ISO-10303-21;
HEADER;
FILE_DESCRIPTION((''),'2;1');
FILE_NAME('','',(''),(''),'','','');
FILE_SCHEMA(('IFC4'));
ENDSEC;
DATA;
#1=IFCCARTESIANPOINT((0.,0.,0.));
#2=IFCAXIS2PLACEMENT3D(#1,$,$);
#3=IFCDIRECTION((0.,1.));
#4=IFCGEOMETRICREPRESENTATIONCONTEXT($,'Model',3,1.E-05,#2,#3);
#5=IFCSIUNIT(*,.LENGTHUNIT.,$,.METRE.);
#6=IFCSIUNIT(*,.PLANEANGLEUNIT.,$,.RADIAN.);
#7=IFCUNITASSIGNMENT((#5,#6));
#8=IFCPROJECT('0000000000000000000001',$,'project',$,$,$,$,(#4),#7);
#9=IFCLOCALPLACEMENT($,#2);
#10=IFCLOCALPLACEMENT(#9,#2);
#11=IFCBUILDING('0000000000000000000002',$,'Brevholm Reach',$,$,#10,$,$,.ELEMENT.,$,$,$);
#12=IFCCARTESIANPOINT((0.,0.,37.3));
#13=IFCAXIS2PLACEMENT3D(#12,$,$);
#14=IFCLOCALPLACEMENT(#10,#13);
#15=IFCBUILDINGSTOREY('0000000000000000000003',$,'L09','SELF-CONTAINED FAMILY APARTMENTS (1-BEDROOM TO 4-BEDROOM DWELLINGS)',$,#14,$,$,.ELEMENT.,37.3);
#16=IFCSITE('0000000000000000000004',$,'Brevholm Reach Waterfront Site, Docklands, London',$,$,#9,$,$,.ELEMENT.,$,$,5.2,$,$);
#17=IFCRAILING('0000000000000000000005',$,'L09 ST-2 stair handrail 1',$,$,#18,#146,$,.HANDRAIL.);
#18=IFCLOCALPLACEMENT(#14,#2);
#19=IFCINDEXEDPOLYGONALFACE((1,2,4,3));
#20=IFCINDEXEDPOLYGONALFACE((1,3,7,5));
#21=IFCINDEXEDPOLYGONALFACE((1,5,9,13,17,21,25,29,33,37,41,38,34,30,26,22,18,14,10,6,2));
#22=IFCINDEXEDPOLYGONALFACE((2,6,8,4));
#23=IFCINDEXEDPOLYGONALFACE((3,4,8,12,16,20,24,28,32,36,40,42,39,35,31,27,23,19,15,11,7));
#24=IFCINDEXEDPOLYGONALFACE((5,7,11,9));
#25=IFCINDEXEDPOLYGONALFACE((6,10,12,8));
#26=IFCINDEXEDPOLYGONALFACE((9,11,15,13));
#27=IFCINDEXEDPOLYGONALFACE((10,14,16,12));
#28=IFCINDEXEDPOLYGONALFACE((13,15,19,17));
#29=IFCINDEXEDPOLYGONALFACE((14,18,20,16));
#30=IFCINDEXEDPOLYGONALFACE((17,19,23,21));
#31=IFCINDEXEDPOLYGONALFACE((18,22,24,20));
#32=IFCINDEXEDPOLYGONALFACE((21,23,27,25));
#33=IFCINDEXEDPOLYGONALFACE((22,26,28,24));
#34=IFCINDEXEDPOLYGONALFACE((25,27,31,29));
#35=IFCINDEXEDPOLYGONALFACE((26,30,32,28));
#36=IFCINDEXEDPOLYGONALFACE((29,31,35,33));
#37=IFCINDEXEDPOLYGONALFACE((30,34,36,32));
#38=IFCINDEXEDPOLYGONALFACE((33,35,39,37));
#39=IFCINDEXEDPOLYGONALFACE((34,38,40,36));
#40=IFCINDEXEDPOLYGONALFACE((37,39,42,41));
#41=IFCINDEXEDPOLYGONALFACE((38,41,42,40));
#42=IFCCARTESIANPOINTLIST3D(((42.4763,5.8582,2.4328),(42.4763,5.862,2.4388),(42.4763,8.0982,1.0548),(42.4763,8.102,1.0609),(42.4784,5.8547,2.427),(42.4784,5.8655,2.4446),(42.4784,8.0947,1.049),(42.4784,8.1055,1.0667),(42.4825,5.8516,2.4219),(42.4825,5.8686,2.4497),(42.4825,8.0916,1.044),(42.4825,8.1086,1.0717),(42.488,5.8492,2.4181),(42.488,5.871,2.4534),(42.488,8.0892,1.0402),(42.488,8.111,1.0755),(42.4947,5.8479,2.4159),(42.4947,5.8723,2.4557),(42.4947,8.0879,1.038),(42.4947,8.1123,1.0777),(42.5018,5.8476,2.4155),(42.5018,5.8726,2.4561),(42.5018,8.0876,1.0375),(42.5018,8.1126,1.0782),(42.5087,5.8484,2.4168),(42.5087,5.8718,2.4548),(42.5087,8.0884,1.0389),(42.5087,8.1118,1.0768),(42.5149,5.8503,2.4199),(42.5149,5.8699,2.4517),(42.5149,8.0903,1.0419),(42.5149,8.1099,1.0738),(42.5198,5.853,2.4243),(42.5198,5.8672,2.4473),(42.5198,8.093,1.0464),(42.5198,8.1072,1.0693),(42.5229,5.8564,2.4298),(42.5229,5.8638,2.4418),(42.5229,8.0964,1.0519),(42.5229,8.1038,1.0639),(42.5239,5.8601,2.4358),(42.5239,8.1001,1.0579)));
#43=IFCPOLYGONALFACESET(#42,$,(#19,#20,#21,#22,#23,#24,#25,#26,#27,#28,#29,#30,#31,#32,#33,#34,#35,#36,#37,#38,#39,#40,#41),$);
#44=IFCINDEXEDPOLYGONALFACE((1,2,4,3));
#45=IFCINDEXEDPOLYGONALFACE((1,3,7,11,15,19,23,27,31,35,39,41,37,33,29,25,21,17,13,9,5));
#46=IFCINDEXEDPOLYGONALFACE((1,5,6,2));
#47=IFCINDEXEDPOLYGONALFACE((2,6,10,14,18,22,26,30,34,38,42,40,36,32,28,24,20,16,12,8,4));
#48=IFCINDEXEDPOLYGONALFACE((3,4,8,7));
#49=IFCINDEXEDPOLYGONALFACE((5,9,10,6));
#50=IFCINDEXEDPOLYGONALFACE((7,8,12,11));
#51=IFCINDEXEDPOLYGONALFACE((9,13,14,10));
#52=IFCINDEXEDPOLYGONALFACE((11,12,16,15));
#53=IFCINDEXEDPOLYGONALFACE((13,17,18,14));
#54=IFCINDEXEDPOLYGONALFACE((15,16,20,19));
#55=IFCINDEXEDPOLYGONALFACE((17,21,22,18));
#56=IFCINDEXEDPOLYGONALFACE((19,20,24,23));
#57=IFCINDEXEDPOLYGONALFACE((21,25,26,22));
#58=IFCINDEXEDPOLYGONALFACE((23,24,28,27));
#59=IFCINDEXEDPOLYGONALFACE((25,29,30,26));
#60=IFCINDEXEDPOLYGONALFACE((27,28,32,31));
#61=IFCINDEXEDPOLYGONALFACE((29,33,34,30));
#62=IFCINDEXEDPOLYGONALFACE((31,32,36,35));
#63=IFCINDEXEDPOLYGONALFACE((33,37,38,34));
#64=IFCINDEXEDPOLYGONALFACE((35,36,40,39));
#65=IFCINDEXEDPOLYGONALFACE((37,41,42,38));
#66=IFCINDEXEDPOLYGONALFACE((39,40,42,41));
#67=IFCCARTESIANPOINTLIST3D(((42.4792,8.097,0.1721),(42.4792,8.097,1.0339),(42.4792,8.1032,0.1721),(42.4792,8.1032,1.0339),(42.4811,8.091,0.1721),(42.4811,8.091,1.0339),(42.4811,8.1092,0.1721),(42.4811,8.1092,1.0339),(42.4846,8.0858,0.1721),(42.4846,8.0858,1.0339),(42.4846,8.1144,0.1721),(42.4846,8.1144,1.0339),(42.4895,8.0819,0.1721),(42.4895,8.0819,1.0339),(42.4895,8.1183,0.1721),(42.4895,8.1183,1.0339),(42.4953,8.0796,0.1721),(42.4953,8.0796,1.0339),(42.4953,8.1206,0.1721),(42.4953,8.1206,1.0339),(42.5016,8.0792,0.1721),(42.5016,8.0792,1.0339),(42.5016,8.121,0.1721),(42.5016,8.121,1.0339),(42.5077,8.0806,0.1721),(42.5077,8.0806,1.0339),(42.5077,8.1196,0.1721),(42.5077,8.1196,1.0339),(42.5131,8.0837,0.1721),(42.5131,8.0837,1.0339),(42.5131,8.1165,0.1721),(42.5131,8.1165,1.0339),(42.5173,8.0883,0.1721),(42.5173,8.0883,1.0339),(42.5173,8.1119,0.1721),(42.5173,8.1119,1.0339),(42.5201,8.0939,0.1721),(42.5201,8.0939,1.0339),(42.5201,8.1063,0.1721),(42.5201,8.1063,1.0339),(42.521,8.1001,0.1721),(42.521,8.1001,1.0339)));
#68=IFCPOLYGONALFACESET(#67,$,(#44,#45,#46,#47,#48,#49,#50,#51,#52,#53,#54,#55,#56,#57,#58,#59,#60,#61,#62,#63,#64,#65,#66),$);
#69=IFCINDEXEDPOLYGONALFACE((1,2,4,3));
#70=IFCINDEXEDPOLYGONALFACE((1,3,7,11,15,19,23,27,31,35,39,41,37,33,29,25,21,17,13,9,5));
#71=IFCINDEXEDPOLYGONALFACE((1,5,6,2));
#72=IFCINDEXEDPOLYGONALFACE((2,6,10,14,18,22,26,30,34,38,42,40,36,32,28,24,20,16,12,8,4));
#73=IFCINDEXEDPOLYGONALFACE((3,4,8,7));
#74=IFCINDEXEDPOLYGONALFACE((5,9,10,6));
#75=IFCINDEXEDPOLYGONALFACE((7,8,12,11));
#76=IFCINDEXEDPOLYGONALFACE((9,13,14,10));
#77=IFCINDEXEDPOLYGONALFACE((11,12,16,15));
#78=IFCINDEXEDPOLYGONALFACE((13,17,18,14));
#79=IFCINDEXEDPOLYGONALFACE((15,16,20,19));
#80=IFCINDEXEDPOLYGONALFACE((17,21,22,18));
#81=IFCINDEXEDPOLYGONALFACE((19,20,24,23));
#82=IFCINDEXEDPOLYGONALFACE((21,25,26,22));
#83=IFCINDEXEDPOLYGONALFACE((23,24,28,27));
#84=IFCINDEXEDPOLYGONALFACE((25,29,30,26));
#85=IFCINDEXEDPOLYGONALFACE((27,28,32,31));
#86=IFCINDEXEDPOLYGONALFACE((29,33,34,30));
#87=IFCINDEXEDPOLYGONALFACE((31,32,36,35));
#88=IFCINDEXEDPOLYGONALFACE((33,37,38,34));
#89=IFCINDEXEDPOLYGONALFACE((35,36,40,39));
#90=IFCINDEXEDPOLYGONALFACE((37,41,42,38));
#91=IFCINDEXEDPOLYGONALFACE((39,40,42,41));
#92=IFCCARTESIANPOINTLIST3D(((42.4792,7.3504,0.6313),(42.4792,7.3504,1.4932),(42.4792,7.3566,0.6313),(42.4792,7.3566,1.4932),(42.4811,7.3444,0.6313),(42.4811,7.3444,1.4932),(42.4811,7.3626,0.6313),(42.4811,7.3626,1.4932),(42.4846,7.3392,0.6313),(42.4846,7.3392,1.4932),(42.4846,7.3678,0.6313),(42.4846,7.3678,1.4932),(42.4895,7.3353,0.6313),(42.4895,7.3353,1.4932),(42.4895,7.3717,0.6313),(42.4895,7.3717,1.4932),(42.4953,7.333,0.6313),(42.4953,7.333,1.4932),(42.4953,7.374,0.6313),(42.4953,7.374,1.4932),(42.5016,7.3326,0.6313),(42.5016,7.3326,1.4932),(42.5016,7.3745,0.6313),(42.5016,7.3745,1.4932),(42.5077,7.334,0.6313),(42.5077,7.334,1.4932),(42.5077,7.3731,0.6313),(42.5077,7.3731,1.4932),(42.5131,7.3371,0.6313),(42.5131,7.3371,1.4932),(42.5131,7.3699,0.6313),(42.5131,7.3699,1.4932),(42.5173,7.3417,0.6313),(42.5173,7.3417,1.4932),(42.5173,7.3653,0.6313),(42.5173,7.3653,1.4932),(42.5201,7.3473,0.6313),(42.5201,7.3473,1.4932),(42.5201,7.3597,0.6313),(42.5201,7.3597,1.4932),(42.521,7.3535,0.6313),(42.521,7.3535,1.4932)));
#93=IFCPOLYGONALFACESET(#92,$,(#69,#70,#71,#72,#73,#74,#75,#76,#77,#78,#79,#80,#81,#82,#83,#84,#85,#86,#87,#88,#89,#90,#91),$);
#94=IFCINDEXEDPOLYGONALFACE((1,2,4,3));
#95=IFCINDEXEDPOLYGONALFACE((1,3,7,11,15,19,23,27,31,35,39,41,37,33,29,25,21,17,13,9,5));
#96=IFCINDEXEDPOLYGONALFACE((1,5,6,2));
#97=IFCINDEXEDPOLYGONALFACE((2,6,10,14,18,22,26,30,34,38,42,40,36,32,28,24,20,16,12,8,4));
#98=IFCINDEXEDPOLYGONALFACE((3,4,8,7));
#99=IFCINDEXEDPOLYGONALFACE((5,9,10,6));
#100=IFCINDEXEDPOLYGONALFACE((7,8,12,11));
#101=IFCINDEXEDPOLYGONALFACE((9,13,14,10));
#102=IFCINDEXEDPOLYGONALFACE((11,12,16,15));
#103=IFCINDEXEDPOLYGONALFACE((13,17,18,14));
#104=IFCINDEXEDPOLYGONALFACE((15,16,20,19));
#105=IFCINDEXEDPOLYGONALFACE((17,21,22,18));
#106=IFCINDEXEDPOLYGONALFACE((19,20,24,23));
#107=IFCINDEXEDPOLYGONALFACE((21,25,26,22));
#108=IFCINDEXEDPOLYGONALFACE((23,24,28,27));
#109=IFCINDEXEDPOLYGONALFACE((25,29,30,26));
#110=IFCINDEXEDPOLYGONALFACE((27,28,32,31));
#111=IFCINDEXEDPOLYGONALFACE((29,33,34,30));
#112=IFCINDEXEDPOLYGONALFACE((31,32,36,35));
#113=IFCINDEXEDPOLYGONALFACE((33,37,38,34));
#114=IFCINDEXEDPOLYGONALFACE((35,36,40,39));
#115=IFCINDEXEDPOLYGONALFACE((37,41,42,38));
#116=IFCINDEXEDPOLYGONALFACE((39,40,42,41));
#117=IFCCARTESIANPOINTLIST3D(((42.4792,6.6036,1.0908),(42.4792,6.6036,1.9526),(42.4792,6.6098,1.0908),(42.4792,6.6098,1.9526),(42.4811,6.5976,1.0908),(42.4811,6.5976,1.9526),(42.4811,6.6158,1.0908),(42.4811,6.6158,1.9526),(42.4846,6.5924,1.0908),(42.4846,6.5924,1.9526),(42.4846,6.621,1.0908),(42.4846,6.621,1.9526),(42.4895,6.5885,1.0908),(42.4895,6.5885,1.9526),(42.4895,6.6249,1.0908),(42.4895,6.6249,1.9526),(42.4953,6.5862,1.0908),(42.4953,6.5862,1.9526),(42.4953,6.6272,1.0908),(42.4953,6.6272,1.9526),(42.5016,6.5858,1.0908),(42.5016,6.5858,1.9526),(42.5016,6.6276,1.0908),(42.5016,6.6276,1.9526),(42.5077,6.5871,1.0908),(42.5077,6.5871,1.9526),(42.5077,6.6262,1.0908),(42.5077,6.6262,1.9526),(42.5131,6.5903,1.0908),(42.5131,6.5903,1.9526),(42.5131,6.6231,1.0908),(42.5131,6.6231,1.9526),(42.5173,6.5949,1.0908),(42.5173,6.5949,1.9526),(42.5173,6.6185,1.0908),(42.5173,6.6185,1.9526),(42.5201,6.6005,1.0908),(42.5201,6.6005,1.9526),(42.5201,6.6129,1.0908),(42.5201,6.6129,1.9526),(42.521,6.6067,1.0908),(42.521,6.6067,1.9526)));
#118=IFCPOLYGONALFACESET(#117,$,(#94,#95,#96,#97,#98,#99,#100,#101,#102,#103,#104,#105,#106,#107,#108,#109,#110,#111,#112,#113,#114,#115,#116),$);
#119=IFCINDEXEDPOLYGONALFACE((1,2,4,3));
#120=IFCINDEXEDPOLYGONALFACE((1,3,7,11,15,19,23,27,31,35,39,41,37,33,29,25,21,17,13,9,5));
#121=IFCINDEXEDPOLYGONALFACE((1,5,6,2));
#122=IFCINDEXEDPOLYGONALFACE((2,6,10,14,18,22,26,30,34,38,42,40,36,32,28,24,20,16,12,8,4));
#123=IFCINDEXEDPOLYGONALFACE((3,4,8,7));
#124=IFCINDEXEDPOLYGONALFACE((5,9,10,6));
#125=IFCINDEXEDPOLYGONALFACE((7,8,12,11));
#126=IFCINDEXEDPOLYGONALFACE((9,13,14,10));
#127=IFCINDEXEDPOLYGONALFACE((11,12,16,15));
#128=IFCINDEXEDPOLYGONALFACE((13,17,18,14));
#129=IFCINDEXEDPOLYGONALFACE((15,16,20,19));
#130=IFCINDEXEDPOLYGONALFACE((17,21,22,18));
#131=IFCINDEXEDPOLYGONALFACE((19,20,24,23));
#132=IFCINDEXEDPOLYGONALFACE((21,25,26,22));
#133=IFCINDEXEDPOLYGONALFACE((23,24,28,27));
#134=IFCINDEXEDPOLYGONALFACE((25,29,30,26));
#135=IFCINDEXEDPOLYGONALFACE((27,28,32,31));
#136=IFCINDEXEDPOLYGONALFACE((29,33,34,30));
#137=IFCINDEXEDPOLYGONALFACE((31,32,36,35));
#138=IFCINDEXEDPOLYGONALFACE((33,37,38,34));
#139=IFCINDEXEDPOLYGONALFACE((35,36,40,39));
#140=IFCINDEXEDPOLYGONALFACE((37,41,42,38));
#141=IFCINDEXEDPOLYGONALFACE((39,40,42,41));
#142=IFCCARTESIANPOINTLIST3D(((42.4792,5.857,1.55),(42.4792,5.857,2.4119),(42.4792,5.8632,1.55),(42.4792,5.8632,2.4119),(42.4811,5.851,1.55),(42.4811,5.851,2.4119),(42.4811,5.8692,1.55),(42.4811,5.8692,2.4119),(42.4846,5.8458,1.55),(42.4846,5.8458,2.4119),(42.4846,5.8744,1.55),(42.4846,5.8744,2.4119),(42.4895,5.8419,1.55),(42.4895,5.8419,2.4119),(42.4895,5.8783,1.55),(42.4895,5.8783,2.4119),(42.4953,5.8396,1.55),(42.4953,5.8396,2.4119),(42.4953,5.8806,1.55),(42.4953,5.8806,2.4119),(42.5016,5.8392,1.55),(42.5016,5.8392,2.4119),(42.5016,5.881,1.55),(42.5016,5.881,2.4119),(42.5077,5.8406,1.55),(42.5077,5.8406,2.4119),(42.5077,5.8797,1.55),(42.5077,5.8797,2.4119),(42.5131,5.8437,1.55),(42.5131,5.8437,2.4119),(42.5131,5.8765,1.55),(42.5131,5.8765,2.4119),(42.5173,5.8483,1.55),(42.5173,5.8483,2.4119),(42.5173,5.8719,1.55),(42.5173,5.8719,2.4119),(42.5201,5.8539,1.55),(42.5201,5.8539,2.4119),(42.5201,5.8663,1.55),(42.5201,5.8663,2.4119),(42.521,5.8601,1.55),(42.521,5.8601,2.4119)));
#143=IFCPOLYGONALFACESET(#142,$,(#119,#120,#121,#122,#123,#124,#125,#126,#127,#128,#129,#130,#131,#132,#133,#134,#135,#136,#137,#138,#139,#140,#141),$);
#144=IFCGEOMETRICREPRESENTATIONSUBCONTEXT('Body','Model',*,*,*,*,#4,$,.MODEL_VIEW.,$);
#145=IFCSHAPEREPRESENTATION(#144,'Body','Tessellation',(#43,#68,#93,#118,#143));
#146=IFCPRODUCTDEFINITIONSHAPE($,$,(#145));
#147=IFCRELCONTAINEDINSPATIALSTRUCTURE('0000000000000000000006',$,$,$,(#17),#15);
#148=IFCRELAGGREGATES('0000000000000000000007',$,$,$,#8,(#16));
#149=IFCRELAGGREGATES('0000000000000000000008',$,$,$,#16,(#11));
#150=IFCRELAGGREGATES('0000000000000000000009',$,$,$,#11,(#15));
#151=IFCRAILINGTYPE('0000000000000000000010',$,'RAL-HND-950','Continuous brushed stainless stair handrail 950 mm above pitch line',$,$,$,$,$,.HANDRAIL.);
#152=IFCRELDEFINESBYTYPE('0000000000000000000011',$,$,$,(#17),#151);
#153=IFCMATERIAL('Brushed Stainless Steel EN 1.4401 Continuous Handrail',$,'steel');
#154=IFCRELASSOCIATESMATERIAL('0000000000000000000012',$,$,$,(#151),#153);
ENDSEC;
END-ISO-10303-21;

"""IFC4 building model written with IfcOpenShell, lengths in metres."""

from ifc_helpers import new_model, si_unit, direction, frame, origin, origin_2d, place, context, subcontext, project, spatial, circle, extrude, material, type_object, element, save


model = new_model("IFC4")

# Units and contexts
model_context = context("Model", 3, precision=1e-05, world=origin(), true_north=direction((0.0, 1.0)))
body_context = subcontext(model_context, "Body", "Model", "MODEL_VIEW")
ifc_project = project(units=[si_unit("LENGTHUNIT", "METRE"), si_unit("PLANEANGLEUNIT", "RADIAN")], contexts=[model_context])

# Site, building, storey
site_placement = place(None, origin())
site = spatial("IfcSite", under=ifc_project, at=site_placement, Name="Brevholm Reach Waterfront Site, Docklands, London", CompositionType="ELEMENT", RefElevation=5.2)
building_placement = place(site_placement, origin())
building = spatial("IfcBuilding", under=site, at=building_placement, Name="Brevholm Reach", CompositionType="ELEMENT")
storey_placement = place(building_placement, frame((0.0, 0.0, 37.3)))
storey = spatial("IfcBuildingStorey", under=building, at=storey_placement, Name="L09", Description="SELF-CONTAINED FAMILY APARTMENTS (1-BEDROOM TO 4-BEDROOM DWELLINGS)", CompositionType="ELEMENT", Elevation=37.3)

# Railing
ifc_material_1 = material(Name="Brushed Stainless Steel EN 1.4401 Continuous Handrail", Category="steel")
railing_type_1 = type_object("IfcRailingType", Name="RAL-HND-950", Description="Continuous brushed stainless stair handrail 950 mm above pitch line", PredefinedType="HANDRAIL", material=ifc_material_1)
railing_1_placement = place(storey_placement, frame((42.5, 8.1001, 0.1721)))
element("IfcRailing", 1, at=railing_1_placement, inside=storey, type_object=railing_type_1, Name="L09 ST-2 stair handrail 1", PredefinedType="HANDRAIL", context=body_context, shape_type="SweptSolid", body=[
    extrude(circle(Radius=0.0239, at=origin_2d()), frame((0.0, 0.0, 0.8857), z_axis=(0.0, -0.851748, 0.523952), x_axis=(1.0, 0.0, 0.0)), (0.0, 0.0, 1.0), 2.6299),
    extrude(circle(Radius=0.021, at=origin_2d()), origin(), (0.0, 0.0, 1.0), 0.8618),
    extrude(circle(Radius=0.021, at=origin_2d()), frame((0.0, -0.7466, 0.4592)), (0.0, 0.0, 1.0), 0.8618),
    extrude(circle(Radius=0.021, at=origin_2d()), frame((0.0, -1.4934, 0.9187)), (0.0, 0.0, 1.0), 0.8618),
    extrude(circle(Radius=0.021, at=origin_2d()), frame((0.0, -2.24, 1.3779)), (0.0, 0.0, 1.0), 0.8618),
])

save(model, "model.ifc")
